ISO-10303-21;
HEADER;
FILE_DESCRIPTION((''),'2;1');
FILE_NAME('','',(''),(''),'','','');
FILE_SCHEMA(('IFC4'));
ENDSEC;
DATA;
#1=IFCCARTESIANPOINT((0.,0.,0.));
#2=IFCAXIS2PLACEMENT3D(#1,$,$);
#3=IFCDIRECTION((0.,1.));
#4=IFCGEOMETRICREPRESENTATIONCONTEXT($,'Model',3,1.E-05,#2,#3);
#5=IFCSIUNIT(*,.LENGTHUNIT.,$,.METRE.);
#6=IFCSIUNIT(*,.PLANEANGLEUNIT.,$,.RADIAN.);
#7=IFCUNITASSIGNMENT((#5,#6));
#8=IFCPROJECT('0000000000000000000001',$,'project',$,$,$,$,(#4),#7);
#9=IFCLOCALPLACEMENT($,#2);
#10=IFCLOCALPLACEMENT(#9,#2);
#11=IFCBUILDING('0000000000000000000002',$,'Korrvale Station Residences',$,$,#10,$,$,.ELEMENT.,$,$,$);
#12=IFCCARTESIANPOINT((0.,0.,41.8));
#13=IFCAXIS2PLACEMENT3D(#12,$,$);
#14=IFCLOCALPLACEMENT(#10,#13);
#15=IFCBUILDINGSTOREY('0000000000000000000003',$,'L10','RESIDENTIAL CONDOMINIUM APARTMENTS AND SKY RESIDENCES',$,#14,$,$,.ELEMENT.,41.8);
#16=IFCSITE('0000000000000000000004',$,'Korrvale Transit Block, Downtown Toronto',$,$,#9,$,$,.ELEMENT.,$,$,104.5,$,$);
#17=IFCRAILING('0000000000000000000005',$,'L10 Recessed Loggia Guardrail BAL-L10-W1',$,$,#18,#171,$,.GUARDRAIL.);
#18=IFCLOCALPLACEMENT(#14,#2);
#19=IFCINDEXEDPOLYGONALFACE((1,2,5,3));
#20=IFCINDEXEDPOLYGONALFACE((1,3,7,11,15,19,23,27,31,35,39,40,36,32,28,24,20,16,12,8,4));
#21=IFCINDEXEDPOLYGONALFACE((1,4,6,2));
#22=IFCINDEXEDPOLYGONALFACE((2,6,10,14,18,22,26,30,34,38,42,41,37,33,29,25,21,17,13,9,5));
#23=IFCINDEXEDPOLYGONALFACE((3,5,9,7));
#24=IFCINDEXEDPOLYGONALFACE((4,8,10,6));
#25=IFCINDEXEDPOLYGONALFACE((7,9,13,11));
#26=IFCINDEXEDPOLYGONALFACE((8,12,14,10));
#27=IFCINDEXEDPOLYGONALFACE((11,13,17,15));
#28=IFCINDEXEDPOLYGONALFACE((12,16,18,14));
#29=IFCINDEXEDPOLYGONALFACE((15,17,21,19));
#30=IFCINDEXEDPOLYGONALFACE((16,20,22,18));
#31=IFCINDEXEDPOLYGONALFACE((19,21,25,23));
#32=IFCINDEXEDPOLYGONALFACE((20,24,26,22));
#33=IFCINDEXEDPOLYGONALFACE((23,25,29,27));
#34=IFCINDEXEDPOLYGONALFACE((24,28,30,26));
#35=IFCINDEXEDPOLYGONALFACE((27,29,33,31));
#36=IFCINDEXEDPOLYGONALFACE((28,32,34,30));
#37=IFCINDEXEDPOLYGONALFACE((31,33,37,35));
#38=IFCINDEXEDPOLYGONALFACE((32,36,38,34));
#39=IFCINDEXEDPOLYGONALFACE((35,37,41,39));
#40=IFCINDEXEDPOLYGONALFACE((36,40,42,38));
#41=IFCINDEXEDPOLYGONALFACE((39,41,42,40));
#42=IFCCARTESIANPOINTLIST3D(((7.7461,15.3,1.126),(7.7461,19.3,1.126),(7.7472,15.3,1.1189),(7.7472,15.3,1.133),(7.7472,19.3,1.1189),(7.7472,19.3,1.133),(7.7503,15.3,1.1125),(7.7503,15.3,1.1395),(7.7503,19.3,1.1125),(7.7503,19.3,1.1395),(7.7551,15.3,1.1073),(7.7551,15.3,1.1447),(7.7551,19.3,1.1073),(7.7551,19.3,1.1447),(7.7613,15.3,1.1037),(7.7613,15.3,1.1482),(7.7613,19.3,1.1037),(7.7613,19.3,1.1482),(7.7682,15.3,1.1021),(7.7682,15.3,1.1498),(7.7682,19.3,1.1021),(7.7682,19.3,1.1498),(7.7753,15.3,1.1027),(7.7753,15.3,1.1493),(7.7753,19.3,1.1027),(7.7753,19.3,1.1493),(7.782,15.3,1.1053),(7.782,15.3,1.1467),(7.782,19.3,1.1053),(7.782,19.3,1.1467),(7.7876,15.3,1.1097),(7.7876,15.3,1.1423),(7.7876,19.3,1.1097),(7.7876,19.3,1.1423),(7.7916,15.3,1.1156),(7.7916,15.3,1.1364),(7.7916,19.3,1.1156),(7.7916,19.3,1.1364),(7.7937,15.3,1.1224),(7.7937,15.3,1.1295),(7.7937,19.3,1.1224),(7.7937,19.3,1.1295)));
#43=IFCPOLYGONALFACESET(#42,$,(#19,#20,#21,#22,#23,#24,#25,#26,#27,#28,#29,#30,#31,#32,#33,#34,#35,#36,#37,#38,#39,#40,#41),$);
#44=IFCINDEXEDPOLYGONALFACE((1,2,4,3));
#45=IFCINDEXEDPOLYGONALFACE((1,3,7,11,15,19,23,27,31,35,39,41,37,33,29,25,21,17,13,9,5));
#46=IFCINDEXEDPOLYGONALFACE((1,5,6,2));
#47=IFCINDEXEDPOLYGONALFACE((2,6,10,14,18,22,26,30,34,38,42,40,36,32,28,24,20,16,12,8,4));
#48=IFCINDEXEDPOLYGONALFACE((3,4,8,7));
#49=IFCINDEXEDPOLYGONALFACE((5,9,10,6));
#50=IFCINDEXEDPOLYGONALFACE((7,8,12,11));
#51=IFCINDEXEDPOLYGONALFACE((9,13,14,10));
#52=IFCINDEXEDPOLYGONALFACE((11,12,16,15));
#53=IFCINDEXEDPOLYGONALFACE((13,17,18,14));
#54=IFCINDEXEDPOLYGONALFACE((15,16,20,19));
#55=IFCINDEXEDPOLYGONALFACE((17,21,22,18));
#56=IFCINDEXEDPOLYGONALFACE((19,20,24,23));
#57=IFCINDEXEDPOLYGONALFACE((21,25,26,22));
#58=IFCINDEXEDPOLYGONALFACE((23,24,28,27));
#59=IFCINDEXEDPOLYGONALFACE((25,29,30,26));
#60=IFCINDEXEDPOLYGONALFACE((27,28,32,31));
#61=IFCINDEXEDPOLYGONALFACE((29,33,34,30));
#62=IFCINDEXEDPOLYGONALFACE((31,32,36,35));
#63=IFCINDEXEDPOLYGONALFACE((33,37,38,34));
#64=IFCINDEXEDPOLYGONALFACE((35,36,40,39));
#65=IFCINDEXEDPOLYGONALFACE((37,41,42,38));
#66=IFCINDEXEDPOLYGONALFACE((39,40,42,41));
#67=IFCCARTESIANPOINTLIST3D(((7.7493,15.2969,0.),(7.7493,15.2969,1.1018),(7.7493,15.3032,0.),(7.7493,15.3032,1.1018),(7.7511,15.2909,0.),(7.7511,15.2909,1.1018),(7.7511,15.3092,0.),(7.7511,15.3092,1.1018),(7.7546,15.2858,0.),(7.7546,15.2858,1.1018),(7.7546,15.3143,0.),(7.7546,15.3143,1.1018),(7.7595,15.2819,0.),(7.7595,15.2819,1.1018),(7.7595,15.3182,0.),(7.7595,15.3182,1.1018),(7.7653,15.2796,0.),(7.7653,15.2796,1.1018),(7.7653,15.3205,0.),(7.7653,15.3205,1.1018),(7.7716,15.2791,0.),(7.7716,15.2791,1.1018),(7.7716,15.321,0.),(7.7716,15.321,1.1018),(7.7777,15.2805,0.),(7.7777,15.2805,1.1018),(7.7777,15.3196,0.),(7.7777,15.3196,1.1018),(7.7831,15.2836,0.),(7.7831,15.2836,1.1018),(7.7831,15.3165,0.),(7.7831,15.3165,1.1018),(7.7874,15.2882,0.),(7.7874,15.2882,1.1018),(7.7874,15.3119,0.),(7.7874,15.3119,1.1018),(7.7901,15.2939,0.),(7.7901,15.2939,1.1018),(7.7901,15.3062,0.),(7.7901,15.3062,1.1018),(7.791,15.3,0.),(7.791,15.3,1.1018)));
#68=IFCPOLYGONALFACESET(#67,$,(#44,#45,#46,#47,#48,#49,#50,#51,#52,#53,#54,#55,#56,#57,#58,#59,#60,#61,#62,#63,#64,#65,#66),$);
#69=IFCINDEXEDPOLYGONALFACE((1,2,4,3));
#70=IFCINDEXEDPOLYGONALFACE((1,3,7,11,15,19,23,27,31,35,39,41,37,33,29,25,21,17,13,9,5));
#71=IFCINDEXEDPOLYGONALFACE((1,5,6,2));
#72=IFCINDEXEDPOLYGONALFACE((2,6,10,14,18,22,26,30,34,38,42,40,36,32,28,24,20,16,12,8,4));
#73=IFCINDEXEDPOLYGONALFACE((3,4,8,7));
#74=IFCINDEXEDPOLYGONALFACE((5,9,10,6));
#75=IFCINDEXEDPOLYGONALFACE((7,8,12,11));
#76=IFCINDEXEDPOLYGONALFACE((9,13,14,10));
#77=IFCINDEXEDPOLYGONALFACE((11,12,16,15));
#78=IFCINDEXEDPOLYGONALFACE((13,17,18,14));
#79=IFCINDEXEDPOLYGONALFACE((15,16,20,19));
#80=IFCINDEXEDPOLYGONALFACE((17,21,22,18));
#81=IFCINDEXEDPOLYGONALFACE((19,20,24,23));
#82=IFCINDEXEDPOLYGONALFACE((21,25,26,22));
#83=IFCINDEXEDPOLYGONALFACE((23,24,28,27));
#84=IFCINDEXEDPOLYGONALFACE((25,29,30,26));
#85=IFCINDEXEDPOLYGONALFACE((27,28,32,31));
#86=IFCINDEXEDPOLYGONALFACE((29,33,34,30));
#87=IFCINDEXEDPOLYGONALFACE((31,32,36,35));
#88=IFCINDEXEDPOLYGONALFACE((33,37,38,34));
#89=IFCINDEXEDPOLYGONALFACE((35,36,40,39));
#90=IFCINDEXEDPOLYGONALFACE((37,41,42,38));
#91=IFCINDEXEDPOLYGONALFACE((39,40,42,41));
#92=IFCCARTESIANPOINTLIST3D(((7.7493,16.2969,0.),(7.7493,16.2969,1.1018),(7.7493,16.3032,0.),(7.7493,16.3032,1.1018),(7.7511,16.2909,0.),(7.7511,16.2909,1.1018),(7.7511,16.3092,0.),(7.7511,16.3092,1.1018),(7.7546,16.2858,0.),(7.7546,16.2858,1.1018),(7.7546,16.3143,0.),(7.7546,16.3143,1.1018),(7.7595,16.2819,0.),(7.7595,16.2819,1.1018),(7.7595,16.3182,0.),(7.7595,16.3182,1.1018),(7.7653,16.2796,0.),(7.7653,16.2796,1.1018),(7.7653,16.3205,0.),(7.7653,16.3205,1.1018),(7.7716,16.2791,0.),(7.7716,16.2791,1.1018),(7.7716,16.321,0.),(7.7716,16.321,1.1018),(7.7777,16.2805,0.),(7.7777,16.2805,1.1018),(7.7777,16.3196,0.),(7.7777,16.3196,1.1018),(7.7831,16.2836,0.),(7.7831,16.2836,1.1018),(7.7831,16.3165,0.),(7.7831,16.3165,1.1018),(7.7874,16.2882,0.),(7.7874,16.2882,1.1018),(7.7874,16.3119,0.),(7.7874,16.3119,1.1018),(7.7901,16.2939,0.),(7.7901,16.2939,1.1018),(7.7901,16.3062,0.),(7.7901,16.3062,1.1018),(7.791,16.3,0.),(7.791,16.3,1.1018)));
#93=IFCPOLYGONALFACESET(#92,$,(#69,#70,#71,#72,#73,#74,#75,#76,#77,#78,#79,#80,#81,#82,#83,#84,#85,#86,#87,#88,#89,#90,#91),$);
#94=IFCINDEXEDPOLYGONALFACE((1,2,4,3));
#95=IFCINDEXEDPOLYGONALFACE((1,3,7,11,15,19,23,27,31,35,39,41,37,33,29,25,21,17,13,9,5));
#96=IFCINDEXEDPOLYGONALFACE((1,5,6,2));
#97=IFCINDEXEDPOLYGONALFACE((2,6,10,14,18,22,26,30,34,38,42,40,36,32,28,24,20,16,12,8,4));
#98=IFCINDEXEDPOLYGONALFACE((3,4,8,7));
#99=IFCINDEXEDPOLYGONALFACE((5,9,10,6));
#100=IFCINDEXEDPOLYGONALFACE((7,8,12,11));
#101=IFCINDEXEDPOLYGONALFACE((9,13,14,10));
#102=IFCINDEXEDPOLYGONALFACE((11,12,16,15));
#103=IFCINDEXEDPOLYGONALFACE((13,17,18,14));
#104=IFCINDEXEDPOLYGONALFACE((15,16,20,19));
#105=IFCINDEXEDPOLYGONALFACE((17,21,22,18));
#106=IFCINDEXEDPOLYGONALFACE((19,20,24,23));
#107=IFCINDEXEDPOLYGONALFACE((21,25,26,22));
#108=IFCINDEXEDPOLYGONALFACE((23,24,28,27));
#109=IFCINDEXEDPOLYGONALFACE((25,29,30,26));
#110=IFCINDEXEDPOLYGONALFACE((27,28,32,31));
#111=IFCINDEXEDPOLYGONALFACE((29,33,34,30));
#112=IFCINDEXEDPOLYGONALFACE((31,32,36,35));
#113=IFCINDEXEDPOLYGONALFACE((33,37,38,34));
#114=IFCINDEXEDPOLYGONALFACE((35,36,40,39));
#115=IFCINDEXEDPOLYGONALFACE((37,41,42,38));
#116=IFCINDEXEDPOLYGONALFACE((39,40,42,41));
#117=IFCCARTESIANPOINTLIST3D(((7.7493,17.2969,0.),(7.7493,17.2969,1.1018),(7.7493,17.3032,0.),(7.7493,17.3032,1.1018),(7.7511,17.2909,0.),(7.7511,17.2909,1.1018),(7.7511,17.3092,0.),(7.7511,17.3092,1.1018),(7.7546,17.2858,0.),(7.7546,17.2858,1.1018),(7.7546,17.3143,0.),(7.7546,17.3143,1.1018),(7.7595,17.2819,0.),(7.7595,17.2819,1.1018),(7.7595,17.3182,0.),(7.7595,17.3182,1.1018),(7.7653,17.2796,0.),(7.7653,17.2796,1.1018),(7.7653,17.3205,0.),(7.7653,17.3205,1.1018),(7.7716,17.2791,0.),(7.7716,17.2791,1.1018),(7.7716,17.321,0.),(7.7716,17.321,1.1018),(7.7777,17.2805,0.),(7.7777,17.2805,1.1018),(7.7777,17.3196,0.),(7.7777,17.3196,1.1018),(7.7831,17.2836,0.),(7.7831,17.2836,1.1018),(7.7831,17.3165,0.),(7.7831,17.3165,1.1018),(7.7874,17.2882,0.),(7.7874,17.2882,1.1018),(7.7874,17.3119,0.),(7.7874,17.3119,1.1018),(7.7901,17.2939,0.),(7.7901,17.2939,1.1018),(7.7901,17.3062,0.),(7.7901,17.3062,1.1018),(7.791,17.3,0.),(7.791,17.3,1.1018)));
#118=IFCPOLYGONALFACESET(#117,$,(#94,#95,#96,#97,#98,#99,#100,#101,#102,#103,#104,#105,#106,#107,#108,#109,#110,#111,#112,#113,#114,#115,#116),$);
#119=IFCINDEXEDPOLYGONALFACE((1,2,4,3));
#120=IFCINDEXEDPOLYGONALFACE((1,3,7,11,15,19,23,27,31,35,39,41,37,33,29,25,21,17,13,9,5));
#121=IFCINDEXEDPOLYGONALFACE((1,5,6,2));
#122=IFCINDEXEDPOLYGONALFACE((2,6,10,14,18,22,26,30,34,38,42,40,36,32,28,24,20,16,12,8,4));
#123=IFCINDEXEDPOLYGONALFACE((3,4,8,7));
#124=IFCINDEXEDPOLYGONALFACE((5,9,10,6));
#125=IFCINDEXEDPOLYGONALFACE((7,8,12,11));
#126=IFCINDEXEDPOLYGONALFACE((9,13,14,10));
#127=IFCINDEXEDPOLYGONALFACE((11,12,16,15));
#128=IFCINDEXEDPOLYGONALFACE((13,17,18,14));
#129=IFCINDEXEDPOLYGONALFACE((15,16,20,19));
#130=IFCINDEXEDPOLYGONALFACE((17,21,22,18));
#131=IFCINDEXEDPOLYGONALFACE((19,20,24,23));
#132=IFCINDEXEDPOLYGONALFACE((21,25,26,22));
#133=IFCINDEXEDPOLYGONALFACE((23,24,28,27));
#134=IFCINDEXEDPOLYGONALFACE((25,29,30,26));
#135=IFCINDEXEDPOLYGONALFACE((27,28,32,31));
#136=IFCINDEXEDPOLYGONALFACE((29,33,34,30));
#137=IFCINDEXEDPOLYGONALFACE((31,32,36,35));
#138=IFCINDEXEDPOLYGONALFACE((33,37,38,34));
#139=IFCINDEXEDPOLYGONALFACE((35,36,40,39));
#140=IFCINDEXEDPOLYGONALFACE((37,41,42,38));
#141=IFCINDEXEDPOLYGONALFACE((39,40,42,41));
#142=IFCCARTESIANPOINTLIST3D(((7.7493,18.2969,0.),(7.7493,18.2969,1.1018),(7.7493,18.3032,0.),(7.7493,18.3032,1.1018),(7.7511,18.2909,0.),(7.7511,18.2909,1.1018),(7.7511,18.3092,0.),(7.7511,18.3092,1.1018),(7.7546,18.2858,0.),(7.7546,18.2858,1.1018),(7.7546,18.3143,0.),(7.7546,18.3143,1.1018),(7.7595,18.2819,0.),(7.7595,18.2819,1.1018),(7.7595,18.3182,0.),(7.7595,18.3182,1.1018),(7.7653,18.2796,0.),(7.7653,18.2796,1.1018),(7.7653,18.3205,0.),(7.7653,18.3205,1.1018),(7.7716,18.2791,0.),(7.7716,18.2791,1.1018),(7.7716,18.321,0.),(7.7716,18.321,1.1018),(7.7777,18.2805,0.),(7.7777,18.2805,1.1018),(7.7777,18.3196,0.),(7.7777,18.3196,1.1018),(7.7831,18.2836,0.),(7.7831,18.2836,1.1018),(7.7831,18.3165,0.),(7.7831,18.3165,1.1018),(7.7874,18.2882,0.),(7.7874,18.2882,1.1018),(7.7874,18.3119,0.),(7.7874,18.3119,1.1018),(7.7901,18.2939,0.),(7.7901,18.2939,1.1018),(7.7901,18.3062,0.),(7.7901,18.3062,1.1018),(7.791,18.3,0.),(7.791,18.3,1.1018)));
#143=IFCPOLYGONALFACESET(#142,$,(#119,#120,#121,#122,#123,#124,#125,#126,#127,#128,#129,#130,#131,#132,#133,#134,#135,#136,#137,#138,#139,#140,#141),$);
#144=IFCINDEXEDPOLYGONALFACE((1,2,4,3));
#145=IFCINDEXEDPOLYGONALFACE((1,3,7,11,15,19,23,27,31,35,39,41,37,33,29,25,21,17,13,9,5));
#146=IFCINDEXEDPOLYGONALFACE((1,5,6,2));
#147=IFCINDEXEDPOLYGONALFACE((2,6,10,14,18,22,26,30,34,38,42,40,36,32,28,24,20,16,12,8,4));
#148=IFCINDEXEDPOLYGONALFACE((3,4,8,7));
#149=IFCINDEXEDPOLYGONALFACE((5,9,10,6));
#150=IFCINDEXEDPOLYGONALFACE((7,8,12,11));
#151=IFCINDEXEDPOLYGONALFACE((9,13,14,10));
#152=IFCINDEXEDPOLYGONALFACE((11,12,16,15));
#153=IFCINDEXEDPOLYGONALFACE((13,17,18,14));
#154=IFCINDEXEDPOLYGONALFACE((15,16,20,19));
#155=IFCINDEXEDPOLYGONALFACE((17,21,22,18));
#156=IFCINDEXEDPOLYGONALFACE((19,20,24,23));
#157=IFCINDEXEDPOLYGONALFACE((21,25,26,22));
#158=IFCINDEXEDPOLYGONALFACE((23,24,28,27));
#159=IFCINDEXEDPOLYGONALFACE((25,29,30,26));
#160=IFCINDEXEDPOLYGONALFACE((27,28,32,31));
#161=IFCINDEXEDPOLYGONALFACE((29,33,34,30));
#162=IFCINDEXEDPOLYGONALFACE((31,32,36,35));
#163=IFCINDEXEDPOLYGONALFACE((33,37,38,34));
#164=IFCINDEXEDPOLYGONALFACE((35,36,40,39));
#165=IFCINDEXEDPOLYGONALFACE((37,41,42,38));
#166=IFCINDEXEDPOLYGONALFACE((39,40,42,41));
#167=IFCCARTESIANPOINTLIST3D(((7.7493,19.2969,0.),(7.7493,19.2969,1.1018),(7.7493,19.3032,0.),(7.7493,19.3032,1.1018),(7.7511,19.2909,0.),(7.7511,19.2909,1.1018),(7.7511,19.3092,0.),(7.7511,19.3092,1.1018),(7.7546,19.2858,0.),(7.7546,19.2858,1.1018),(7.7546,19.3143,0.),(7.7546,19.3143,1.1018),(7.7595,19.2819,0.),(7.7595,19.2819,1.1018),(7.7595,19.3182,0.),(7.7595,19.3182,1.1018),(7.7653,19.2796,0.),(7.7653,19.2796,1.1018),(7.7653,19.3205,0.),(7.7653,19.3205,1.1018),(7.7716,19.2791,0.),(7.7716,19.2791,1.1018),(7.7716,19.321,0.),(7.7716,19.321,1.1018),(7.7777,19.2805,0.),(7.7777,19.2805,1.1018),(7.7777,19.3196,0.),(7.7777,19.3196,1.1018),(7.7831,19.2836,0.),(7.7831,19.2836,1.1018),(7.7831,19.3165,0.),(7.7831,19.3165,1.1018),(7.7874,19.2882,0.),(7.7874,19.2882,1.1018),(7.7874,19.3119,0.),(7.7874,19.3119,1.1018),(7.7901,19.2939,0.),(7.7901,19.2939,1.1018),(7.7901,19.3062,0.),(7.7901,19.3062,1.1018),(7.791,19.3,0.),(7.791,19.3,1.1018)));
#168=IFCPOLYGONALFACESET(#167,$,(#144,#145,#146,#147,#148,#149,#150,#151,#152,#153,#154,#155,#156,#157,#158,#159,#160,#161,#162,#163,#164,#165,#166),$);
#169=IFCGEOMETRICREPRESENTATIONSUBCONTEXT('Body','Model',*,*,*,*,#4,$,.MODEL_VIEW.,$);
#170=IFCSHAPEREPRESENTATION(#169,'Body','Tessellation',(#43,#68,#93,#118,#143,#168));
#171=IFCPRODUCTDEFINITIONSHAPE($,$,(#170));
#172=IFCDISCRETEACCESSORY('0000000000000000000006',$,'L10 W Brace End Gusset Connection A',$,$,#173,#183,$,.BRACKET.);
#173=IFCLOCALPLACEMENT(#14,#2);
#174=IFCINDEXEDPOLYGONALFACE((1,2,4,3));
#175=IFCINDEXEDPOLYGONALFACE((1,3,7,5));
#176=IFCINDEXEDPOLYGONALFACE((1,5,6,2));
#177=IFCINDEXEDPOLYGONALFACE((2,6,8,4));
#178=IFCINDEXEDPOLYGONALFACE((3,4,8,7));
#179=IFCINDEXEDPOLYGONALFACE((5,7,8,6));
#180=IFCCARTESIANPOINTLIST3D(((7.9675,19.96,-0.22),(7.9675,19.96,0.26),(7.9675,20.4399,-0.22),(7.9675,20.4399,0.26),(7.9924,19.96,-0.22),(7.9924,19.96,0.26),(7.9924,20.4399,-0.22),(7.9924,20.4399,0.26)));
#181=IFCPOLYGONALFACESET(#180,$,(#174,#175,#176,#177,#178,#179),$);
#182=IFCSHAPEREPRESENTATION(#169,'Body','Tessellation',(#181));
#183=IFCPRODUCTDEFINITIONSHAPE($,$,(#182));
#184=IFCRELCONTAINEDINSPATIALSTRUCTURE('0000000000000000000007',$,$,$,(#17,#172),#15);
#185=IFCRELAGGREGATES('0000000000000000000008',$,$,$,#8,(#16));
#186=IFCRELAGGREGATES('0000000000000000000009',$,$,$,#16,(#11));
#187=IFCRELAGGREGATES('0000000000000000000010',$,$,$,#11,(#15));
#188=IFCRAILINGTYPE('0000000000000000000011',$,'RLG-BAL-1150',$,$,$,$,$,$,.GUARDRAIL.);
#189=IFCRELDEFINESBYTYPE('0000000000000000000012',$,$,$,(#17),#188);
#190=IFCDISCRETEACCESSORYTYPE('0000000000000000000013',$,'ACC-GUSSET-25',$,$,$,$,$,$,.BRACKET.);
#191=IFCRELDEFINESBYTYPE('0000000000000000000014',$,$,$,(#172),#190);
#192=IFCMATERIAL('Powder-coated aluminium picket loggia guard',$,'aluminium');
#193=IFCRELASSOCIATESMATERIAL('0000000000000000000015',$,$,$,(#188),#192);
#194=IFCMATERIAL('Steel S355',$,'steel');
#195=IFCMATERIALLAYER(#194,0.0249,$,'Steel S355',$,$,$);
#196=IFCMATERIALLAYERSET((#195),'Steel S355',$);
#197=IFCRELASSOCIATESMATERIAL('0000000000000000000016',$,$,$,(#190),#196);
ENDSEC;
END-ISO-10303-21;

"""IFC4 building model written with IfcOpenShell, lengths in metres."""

from ifc_helpers import new_model, si_unit, direction, frame, origin, origin_2d, place, context, subcontext, project, spatial, rectangle, circle, extrude, material, layer, layer_set, type_object, element, save


model = new_model("IFC4")

# Units and contexts
model_context = context("Model", 3, precision=1e-05, world=origin(), true_north=direction((0.0, 1.0)))
body_context = subcontext(model_context, "Body", "Model", "MODEL_VIEW")
ifc_project = project(units=[si_unit("LENGTHUNIT", "METRE"), si_unit("PLANEANGLEUNIT", "RADIAN")], contexts=[model_context])

# Site, building, storey
site_placement = place(None, origin())
site = spatial("IfcSite", under=ifc_project, at=site_placement, Name="Korrvale Transit Block, Downtown Toronto", CompositionType="ELEMENT", RefElevation=104.5)
building_placement = place(site_placement, origin())
building = spatial("IfcBuilding", under=site, at=building_placement, Name="Korrvale Station Residences", CompositionType="ELEMENT")
storey_placement = place(building_placement, frame((0.0, 0.0, 41.8)))
storey = spatial("IfcBuildingStorey", under=building, at=storey_placement, Name="L10", Description="RESIDENTIAL CONDOMINIUM APARTMENTS AND SKY RESIDENCES", CompositionType="ELEMENT", Elevation=41.8)

# Shared definitions
ifc_material_1 = material(Name="Steel S355", Category="steel")

# Railing
ifc_material_2 = material(Name="Powder-coated aluminium picket loggia guard", Category="aluminium")
railing_type = type_object("IfcRailingType", Name="RLG-BAL-1150", PredefinedType="GUARDRAIL", material=ifc_material_2)
railing_placement = place(storey_placement, frame((7.77, 15.3, 0.0)))
element("IfcRailing", 1, at=railing_placement, inside=storey, type_object=railing_type, Name="L10 Recessed Loggia Guardrail BAL-L10-W1", PredefinedType="GUARDRAIL", context=body_context, shape_type="SweptSolid", body=[
    extrude(circle(Radius=0.0239, at=origin_2d()), frame((0.0, 0.0, 1.126), z_axis=(0.0, 1.0, 0.0), x_axis=(-1.0, 0.0, 0.0)), (0.0, 0.0, 1.0), 4.0),
    extrude(circle(Radius=0.021, at=origin_2d()), origin(), (0.0, 0.0, 1.0), 1.1018),
    extrude(circle(Radius=0.021, at=origin_2d()), frame((0.0, 1.0, 0.0)), (0.0, 0.0, 1.0), 1.1018),
    extrude(circle(Radius=0.021, at=origin_2d()), frame((0.0, 2.0, 0.0)), (0.0, 0.0, 1.0), 1.1018),
    extrude(circle(Radius=0.021, at=origin_2d()), frame((0.0, 3.0, 0.0)), (0.0, 0.0, 1.0), 1.1018),
    extrude(circle(Radius=0.021, at=origin_2d()), frame((0.0, 4.0, 0.0)), (0.0, 0.0, 1.0), 1.1018),
])

# Discrete accessory
ifc_layer_1 = layer(ifc_material_1, 0.0249, Name="Steel S355")
ifc_layer_set_1 = layer_set([ifc_layer_1], Name="Steel S355")
discrete_accessory_type = type_object("IfcDiscreteAccessoryType", Name="ACC-GUSSET-25", PredefinedType="BRACKET", material=ifc_layer_set_1)
discrete_accessory_placement = place(storey_placement, frame((7.98, 20.2, -0.22), z_axis=(0.0, 0.0, 1.0), x_axis=(0.0, 1.0, 0.0)))
element("IfcDiscreteAccessory", 2, at=discrete_accessory_placement, inside=storey, type_object=discrete_accessory_type, Name="L10 W Brace End Gusset Connection A", PredefinedType="BRACKET", context=body_context, shape_type="SweptSolid", body=[
    extrude(rectangle(XDim=0.48, YDim=0.0249, at=origin_2d()), origin(), (0.0, 0.0, 1.0), 0.48),
])

save(model, "model.ifc")
